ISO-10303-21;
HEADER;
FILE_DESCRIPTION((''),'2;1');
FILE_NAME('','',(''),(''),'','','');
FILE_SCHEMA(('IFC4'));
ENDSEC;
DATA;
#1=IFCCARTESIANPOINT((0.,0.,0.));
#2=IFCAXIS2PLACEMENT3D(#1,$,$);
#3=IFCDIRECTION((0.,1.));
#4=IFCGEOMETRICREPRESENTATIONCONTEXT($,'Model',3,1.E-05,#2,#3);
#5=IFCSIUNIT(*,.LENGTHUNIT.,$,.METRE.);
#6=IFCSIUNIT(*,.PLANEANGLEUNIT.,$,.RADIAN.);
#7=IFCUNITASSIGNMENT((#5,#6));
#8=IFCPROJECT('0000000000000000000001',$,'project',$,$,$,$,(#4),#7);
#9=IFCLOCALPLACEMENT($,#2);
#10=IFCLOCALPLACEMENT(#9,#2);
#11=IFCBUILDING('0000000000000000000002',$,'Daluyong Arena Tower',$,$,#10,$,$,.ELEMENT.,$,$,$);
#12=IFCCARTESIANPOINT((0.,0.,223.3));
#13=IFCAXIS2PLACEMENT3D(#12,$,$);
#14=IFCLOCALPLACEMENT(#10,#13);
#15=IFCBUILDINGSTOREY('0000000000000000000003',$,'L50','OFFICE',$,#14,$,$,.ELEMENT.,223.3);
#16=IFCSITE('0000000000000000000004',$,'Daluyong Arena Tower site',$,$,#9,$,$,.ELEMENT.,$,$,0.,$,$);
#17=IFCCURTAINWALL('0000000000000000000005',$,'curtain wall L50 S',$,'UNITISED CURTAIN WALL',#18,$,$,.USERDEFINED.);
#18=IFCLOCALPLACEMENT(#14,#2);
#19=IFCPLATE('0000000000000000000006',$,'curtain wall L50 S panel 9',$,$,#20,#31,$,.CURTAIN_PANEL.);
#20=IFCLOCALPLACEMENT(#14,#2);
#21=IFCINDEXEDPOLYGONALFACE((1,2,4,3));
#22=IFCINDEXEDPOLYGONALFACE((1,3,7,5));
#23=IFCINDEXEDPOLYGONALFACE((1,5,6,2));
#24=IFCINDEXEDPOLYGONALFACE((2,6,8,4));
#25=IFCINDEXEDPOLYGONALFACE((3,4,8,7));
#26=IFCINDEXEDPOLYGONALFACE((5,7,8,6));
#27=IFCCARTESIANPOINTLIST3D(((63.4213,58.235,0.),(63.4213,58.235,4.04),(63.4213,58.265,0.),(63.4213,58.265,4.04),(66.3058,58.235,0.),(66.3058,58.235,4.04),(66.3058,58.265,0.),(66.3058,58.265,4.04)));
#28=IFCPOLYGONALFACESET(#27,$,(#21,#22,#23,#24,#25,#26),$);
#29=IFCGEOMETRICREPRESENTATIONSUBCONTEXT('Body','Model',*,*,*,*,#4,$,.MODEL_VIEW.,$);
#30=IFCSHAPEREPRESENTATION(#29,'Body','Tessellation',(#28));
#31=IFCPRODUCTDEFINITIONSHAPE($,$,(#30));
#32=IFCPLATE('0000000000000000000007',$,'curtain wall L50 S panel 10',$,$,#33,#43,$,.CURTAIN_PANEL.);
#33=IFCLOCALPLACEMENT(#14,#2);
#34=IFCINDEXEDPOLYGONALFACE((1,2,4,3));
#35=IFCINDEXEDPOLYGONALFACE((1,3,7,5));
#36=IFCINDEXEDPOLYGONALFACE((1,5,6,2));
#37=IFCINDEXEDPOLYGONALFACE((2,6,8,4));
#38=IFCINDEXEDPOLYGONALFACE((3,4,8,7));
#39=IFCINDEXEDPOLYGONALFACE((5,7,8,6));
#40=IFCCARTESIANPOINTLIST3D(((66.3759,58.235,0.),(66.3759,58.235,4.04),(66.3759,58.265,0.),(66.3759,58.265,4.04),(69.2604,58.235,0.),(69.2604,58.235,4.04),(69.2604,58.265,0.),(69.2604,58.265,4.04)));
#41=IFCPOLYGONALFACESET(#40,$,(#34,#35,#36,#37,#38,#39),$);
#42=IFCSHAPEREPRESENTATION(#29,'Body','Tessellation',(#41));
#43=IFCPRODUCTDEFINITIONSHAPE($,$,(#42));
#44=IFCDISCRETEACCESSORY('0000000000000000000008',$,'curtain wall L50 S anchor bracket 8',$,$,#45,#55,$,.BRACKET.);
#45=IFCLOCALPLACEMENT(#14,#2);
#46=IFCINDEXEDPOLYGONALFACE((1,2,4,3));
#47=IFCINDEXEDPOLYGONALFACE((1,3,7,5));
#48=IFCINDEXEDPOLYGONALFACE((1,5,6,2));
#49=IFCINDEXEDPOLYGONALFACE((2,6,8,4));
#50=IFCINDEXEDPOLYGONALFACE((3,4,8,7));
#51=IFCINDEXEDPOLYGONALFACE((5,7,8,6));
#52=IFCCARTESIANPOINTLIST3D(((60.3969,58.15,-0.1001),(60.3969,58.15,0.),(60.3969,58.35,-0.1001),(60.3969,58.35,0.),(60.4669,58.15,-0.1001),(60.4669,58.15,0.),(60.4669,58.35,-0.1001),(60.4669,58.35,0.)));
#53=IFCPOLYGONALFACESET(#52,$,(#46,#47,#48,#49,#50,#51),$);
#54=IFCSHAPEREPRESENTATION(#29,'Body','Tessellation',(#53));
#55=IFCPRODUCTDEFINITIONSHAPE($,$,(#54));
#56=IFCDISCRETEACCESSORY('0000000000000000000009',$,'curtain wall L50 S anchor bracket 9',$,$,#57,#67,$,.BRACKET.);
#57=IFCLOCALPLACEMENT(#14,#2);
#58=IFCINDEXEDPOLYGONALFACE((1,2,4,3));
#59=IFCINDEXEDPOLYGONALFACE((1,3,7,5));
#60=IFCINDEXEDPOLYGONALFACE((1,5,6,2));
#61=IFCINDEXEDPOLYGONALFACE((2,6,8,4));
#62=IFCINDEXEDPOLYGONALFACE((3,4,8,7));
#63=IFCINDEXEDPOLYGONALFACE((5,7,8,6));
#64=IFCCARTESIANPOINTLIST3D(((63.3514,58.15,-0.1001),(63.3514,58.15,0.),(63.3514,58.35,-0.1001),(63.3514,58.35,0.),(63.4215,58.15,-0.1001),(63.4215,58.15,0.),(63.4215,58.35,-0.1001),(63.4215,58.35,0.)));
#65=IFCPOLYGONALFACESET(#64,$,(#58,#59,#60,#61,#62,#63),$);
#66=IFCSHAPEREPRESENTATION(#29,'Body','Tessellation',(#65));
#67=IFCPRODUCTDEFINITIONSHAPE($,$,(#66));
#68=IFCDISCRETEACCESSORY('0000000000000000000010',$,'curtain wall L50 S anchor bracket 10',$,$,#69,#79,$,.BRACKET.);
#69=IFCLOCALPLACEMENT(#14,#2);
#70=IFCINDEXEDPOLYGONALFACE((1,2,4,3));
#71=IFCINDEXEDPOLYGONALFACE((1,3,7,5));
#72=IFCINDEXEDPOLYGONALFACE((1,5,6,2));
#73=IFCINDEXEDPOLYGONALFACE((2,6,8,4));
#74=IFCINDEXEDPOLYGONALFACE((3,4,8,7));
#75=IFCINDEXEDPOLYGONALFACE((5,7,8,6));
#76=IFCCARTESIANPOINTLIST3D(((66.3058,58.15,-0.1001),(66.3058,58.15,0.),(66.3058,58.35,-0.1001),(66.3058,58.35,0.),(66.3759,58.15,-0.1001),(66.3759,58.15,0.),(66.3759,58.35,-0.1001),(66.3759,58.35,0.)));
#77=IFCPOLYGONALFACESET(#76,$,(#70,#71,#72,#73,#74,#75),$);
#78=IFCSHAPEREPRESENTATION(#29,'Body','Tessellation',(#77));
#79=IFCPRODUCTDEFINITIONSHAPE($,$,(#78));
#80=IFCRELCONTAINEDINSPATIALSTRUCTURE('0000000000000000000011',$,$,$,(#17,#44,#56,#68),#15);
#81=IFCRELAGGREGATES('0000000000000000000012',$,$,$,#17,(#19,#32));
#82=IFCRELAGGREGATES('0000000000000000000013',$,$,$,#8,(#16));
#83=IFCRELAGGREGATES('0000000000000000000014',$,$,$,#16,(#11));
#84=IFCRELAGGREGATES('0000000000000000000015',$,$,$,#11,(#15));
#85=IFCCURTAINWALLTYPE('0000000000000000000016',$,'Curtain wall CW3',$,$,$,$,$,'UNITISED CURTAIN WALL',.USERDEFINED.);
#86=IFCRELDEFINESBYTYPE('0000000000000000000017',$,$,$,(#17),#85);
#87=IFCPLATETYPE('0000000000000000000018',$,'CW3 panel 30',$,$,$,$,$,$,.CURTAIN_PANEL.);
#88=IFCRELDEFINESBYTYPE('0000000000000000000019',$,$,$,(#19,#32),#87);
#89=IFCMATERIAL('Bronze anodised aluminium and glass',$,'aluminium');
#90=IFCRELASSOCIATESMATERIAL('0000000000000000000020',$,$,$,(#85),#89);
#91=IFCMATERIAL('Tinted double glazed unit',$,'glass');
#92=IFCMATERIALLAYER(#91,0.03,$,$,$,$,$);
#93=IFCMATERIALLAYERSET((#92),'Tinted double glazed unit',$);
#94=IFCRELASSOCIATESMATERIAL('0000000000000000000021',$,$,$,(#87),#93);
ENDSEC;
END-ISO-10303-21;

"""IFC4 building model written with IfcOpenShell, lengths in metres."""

from ifc_helpers import new_model, si_unit, direction, frame, origin, origin_2d, place, context, subcontext, project, spatial, rectangle, extrude, material, layer, layer_set, type_object, element, aggregate, save


model = new_model("IFC4")

# Units and contexts
model_context = context("Model", 3, precision=1e-05, world=origin(), true_north=direction((0.0, 1.0)))
body_context = subcontext(model_context, "Body", "Model", "MODEL_VIEW")
ifc_project = project(units=[si_unit("LENGTHUNIT", "METRE"), si_unit("PLANEANGLEUNIT", "RADIAN")], contexts=[model_context])

# Site, building, storey
site_placement = place(None, origin())
site = spatial("IfcSite", under=ifc_project, at=site_placement, Name="Daluyong Arena Tower site", CompositionType="ELEMENT", RefElevation=0.0)
building_placement = place(site_placement, origin())
building = spatial("IfcBuilding", under=site, at=building_placement, Name="Daluyong Arena Tower", CompositionType="ELEMENT")
storey_placement = place(building_placement, frame((0.0, 0.0, 223.3)))
storey = spatial("IfcBuildingStorey", under=building, at=storey_placement, Name="L50", Description="OFFICE", CompositionType="ELEMENT", Elevation=223.3)

# Curtain wall
ifc_material_1 = material(Name="Bronze anodised aluminium and glass", Category="aluminium")
curtain_wall_type = type_object("IfcCurtainWallType", Name="Curtain wall CW3", ElementType="UNITISED CURTAIN WALL", PredefinedType="USERDEFINED", material=ifc_material_1)
curtain_wall_placement = place(storey_placement, origin())
curtain_wall = element("IfcCurtainWall", 1, at=curtain_wall_placement, inside=storey, type_object=curtain_wall_type, Name="curtain wall L50 S", ObjectType="UNITISED CURTAIN WALL", PredefinedType="USERDEFINED")

# Plates
ifc_material_2 = material(Name="Tinted double glazed unit", Category="glass")
ifc_layer = layer(ifc_material_2, 0.03)
ifc_layer_set = layer_set([ifc_layer], Name="Tinted double glazed unit")
plate_type = type_object("IfcPlateType", Name="CW3 panel 30", PredefinedType="CURTAIN_PANEL", material=ifc_layer_set)
plate_1_placement = place(storey_placement, frame((64.8635, 58.25, 0.0), z_axis=(0.0, 0.0, 1.0), x_axis=(1.0, 0.0, 0.0)))
plate_1 = element("IfcPlate", 2, at=plate_1_placement, type_object=plate_type, Name="curtain wall L50 S panel 9", PredefinedType="CURTAIN_PANEL", context=body_context, shape_type="SweptSolid", body=[
    extrude(rectangle(XDim=2.8845, YDim=0.03, at=origin_2d()), origin(), (0.0, 0.0, 1.0), 4.04),
])
plate_2_placement = place(storey_placement, frame((67.8181, 58.25, 0.0), z_axis=(0.0, 0.0, 1.0), x_axis=(1.0, 0.0, 0.0)))
plate_2 = element("IfcPlate", 3, at=plate_2_placement, type_object=plate_type, Name="curtain wall L50 S panel 10", PredefinedType="CURTAIN_PANEL", context=body_context, shape_type="SweptSolid", body=[
    extrude(rectangle(XDim=2.8845, YDim=0.03, at=origin_2d()), origin(), (0.0, 0.0, 1.0), 4.04),
])
aggregate(curtain_wall, [plate_1, plate_2])

# Discrete accessories
for number, where, z_axis, x_axis, name in (
    (4, (60.4319, 58.25, -0.1001), (0.0, 0.0, 1.0), (1.0, 0.0, 0.0), "curtain wall L50 S anchor bracket 8"),
    (5, (63.3865, 58.25, -0.1001), (0.0, 0.0, 1.0), (1.0, 0.0, 0.0), "curtain wall L50 S anchor bracket 9"),
    (6, (66.3408, 58.25, -0.1001), (0.0, 0.0, 1.0), (1.0, 0.0, 0.0), "curtain wall L50 S anchor bracket 10"),
):
    element("IfcDiscreteAccessory", number, at=place(storey_placement, frame(where, z_axis=z_axis, x_axis=x_axis)), inside=storey, Name=name, PredefinedType="BRACKET", context=body_context, shape_type="SweptSolid", body=[
        extrude(rectangle(XDim=0.0701, YDim=0.2, at=origin_2d()), origin(), (0.0, 0.0, 1.0), 0.1001),
    ])

save(model, "model.ifc")
